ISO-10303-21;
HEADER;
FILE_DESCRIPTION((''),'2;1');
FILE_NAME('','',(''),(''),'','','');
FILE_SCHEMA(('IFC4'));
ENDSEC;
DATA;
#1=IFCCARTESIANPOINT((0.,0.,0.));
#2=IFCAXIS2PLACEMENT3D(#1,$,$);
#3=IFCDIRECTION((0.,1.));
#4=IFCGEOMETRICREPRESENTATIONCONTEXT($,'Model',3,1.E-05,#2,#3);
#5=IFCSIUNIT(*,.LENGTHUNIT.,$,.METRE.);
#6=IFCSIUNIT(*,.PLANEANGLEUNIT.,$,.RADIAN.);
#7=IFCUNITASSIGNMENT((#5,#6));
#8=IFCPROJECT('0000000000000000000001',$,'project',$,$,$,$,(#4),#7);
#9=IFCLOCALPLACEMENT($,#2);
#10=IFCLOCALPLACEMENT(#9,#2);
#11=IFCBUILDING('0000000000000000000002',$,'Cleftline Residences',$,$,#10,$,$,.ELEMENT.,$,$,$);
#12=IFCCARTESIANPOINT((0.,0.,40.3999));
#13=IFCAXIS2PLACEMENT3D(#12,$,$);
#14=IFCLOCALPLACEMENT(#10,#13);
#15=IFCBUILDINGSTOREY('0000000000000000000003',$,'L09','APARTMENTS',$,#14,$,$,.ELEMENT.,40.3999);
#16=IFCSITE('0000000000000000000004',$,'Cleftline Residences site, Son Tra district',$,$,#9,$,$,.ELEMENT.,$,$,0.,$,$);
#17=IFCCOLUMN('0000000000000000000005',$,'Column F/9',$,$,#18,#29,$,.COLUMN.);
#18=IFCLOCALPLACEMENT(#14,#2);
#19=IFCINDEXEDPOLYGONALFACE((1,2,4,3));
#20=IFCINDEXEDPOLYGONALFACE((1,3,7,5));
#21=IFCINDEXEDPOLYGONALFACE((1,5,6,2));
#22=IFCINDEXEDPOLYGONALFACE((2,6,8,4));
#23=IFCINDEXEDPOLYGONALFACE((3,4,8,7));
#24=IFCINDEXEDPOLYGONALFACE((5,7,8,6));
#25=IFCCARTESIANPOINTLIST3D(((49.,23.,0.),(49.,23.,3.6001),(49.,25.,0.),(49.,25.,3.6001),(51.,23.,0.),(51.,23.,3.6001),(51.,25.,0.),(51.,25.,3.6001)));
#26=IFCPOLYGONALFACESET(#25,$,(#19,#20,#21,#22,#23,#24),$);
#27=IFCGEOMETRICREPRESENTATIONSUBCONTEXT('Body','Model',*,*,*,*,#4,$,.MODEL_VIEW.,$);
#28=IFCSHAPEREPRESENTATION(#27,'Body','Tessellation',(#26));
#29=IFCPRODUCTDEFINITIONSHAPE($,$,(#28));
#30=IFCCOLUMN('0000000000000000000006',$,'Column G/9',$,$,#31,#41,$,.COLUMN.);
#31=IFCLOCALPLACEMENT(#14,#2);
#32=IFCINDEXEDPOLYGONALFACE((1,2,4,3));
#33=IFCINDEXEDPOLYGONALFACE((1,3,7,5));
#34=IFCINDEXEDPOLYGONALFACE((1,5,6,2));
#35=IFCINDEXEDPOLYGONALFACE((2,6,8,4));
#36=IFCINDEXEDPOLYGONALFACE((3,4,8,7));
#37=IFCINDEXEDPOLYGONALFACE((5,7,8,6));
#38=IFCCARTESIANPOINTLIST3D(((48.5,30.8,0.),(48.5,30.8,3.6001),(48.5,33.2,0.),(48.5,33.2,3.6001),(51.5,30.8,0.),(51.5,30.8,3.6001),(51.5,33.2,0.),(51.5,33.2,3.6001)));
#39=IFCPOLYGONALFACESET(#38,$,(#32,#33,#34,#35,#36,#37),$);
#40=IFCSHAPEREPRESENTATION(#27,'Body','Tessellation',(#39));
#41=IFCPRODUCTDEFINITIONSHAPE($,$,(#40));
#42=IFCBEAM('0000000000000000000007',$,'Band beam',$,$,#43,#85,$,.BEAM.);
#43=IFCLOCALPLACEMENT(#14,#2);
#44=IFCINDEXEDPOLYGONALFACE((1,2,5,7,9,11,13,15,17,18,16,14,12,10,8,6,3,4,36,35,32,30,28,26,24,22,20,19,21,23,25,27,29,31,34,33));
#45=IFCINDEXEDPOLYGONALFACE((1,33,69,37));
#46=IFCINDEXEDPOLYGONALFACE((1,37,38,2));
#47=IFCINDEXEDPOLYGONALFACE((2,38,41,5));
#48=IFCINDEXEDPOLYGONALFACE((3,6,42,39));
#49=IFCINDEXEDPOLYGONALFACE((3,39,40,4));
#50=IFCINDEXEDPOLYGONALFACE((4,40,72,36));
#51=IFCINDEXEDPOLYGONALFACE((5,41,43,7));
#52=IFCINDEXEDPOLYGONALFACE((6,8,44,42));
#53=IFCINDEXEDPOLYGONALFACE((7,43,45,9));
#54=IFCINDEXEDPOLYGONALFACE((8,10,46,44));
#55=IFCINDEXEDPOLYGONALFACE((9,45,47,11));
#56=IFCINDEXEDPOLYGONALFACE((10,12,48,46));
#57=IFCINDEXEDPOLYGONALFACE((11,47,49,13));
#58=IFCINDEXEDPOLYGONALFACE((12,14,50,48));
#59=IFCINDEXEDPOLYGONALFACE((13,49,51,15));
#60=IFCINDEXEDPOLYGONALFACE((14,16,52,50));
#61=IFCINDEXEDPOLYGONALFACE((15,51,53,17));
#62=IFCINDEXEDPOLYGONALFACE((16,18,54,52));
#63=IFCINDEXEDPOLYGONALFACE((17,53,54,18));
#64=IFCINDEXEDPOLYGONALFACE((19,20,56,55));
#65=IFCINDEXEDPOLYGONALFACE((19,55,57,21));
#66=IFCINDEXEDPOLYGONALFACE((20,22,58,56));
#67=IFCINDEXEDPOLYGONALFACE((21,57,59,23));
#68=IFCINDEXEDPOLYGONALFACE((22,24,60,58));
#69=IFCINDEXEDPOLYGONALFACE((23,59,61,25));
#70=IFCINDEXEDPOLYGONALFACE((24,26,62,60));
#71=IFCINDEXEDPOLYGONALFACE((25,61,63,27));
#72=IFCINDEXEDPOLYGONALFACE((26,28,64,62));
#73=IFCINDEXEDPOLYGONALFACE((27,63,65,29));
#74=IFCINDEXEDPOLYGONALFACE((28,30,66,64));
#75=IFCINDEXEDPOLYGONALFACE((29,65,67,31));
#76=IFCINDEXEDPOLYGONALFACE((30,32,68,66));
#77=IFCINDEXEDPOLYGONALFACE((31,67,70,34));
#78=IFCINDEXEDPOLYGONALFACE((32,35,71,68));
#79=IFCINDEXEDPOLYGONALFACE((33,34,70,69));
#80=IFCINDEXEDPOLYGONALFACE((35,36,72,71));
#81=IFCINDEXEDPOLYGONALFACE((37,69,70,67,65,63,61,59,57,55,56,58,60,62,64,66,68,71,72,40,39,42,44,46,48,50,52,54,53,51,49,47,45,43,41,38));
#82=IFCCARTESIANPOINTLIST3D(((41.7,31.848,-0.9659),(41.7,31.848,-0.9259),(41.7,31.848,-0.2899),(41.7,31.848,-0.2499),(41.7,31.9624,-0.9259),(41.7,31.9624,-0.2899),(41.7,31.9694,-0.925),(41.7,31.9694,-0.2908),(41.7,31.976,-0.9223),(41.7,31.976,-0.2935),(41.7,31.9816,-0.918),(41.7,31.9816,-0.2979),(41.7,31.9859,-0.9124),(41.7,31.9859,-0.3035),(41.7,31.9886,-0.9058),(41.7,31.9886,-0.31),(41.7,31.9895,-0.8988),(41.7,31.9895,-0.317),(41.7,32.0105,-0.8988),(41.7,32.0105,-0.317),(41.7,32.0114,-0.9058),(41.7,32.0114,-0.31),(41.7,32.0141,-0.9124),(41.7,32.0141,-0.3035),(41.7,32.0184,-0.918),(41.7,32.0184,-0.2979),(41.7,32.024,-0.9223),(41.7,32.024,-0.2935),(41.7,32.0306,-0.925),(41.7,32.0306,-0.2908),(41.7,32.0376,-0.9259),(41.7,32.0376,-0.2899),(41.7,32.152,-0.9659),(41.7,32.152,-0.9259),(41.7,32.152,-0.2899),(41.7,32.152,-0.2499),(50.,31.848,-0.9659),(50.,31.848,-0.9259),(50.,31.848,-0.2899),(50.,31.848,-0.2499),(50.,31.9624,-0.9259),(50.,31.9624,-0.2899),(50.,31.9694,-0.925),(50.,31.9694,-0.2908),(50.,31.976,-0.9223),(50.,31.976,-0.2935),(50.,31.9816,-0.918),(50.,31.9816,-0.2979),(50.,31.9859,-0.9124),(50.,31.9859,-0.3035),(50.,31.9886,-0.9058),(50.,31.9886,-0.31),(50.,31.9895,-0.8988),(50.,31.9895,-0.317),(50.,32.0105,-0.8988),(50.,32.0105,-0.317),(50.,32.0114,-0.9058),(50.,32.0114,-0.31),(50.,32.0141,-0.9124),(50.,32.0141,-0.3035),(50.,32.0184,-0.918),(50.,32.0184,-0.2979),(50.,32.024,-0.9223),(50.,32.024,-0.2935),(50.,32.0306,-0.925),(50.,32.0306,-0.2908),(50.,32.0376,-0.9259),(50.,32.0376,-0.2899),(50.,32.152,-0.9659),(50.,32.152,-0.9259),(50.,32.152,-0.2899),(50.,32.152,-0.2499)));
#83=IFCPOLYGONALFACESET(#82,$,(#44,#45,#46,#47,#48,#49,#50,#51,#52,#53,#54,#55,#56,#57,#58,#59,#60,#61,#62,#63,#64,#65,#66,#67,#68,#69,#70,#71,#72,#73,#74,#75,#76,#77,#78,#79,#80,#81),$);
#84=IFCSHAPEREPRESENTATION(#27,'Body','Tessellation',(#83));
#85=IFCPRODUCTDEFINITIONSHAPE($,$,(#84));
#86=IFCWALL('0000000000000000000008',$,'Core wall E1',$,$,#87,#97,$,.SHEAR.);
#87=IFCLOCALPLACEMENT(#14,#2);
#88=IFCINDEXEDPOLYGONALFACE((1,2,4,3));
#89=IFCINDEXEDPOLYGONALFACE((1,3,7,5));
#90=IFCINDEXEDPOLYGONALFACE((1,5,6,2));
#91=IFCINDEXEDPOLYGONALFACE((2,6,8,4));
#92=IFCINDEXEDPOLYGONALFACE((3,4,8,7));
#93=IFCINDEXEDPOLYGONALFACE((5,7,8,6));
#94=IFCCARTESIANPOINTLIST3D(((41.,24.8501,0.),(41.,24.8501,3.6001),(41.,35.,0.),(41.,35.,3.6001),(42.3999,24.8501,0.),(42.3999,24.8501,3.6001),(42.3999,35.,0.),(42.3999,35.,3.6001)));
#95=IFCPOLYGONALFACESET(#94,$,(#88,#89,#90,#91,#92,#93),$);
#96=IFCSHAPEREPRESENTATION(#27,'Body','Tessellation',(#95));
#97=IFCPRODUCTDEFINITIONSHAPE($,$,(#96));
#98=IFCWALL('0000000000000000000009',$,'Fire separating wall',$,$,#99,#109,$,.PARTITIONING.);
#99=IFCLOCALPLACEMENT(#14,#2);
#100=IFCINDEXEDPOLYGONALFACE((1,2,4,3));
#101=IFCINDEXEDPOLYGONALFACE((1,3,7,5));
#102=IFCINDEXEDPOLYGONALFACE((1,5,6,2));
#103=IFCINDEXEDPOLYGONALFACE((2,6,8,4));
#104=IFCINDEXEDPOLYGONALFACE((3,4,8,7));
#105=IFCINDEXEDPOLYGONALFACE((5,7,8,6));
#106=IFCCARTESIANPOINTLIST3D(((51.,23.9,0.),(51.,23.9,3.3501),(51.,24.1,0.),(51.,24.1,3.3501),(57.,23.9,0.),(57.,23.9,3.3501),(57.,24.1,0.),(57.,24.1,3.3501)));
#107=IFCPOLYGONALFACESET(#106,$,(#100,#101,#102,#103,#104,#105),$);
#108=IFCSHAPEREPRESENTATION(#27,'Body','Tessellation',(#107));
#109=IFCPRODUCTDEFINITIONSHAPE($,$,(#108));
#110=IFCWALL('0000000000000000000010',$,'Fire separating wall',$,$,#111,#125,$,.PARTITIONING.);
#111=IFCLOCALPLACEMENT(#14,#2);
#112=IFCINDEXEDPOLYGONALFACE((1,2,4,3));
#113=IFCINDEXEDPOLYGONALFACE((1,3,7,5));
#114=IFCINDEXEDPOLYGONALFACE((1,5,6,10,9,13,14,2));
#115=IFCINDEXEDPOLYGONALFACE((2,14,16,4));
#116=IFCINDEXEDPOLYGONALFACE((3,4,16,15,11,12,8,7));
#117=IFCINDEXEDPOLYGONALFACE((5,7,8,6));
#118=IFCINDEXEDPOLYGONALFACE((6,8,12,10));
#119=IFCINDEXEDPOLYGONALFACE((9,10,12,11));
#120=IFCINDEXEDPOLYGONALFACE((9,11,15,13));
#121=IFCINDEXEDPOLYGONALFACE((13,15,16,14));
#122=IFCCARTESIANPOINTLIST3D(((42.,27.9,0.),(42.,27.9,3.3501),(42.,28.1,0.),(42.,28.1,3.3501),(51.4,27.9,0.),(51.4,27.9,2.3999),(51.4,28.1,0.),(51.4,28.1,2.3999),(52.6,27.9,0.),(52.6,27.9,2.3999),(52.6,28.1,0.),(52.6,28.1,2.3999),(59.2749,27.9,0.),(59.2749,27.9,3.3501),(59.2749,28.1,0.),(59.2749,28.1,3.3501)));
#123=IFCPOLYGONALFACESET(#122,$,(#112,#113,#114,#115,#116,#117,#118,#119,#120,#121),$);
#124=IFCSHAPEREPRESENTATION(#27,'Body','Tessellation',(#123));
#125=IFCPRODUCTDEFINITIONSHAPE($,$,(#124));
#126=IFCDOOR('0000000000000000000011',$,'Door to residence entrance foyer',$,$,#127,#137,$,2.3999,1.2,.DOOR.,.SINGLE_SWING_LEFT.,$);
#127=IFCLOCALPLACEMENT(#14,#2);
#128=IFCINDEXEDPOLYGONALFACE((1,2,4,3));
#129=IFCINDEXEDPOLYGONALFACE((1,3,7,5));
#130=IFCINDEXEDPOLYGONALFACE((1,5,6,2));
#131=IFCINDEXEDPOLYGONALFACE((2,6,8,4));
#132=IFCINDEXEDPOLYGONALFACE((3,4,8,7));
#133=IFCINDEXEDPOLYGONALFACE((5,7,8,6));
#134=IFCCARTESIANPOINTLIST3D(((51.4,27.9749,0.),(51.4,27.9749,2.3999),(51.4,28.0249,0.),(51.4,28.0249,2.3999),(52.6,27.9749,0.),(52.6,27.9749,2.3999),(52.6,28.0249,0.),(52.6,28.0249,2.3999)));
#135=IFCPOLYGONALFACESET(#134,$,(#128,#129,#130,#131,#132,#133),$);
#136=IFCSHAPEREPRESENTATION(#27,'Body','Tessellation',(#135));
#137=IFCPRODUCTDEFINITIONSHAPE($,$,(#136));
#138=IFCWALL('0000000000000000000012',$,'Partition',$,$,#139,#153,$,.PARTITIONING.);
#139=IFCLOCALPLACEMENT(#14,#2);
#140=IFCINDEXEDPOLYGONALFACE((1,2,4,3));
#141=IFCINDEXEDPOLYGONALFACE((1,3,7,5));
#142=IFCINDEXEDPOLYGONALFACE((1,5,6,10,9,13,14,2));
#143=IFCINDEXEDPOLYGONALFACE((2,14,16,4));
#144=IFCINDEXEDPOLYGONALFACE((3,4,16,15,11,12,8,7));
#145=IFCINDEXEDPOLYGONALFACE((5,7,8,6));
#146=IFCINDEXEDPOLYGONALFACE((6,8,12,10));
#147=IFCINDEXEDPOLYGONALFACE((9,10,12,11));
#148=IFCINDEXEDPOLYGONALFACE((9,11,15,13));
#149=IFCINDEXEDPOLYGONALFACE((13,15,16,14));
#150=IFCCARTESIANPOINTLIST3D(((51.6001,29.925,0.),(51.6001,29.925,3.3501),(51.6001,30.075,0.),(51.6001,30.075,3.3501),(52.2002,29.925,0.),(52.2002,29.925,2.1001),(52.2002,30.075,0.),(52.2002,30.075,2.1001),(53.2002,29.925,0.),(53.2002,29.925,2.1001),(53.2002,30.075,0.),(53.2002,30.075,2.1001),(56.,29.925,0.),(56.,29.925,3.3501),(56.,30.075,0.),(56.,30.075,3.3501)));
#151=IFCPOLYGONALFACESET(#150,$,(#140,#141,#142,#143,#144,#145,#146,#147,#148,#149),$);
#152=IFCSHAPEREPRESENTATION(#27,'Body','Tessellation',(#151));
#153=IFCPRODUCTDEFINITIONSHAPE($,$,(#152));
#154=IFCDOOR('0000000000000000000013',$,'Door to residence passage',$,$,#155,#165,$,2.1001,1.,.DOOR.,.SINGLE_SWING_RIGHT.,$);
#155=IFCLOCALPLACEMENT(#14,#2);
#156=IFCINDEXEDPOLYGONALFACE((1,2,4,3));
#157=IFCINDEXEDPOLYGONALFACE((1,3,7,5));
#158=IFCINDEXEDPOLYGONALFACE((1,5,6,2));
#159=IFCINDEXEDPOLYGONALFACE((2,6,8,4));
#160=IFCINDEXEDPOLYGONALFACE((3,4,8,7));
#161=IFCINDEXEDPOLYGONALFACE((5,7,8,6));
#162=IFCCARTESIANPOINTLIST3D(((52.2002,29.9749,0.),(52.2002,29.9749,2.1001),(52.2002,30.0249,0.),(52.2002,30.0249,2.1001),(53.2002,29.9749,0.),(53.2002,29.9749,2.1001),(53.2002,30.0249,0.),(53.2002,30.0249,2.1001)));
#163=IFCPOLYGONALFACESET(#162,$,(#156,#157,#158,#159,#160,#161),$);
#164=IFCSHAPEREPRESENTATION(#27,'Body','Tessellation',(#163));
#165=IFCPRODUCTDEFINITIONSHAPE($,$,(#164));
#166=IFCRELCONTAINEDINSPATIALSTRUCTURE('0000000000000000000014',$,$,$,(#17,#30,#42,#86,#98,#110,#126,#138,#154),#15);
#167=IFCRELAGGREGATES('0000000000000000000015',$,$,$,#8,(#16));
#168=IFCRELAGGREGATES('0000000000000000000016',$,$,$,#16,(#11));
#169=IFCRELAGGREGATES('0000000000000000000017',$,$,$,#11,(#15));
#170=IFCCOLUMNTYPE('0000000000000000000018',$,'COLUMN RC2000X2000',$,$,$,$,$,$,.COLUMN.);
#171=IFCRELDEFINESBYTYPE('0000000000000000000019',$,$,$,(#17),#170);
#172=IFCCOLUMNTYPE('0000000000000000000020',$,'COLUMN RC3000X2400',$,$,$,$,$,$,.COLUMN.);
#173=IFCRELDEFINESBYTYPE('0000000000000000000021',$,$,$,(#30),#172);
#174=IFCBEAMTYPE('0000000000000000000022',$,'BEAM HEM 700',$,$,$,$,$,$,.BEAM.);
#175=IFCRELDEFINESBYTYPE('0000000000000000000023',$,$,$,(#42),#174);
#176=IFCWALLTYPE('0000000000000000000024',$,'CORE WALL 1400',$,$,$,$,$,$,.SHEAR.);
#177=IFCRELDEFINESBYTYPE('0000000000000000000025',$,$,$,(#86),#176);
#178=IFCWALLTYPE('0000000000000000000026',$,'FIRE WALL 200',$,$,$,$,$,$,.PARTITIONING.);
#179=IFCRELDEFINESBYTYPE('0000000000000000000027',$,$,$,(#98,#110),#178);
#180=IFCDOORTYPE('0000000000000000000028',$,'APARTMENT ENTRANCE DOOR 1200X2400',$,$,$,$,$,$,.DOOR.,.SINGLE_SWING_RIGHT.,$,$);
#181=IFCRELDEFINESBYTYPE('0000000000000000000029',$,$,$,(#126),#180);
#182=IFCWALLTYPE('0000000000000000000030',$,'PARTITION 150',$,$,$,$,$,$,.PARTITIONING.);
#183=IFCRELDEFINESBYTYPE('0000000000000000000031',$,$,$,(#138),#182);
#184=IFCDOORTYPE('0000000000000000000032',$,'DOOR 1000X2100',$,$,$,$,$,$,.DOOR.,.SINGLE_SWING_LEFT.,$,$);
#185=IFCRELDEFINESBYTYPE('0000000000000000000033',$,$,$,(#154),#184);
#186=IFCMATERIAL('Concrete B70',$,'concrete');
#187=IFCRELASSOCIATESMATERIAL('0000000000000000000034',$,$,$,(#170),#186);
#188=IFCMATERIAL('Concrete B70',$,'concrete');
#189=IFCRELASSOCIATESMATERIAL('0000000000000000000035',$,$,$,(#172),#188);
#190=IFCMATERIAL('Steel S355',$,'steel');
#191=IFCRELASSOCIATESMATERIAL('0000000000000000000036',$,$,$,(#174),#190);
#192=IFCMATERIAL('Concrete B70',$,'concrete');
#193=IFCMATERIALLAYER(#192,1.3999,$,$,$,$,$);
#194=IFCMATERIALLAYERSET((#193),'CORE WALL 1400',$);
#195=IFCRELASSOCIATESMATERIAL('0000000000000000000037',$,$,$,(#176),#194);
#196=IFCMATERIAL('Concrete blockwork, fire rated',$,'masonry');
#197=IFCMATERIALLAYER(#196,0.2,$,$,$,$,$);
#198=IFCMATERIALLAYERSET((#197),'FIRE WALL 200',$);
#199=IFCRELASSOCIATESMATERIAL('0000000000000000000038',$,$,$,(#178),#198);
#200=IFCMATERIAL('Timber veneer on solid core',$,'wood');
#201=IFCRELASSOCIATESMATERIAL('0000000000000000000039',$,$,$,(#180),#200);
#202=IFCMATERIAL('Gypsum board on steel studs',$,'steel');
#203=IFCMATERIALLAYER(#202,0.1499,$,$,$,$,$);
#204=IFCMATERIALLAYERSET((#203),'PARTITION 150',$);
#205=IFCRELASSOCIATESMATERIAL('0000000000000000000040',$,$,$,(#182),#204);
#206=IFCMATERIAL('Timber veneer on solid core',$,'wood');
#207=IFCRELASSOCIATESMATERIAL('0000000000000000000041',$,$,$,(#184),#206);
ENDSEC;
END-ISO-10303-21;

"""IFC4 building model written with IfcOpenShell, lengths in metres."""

from ifc_helpers import new_model, si_unit, direction, frame, frame_2d, origin, origin_2d, place, context, subcontext, project, spatial, rectangle, i_section, extrude, material, layer, layer_set, material_profile, profile_set, type_object, element, fill, save


model = new_model("IFC4")

# Units and contexts
model_context = context("Model", 3, precision=1e-05, world=origin(), true_north=direction((0.0, 1.0)))
body_context = subcontext(model_context, "Body", "Model", "MODEL_VIEW")
ifc_project = project(units=[si_unit("LENGTHUNIT", "METRE"), si_unit("PLANEANGLEUNIT", "RADIAN")], contexts=[model_context])

# Site, building, storey
site_placement = place(None, origin())
site = spatial("IfcSite", under=ifc_project, at=site_placement, Name="Cleftline Residences site, Son Tra district", CompositionType="ELEMENT", RefElevation=0.0)
building_placement = place(site_placement, origin())
building = spatial("IfcBuilding", under=site, at=building_placement, Name="Cleftline Residences", CompositionType="ELEMENT")
storey_placement = place(building_placement, frame((0.0, 0.0, 40.3999)))
storey = spatial("IfcBuildingStorey", under=building, at=storey_placement, Name="L09", Description="APARTMENTS", CompositionType="ELEMENT", Elevation=40.3999)

# Columns
ifc_material_1 = material(Name="Concrete B70", Category="concrete")
ifc_material_profile_1 = material_profile(ifc_material_1, rectangle(XDim=2.0, YDim=2.0, at=origin_2d()))
ifc_profile_set_1 = profile_set([ifc_material_profile_1], Name="Concrete B70")
column_type_1 = type_object("IfcColumnType", Name="COLUMN RC2000X2000", PredefinedType="COLUMN", material=ifc_profile_set_1)
column_1_placement = place(storey_placement, frame((50.0, 24.0, 0.0), z_axis=(0.0, 0.0, 1.0), x_axis=(1.0, 0.0, 0.0)))
element("IfcColumn", 1, at=column_1_placement, inside=storey, type_object=column_type_1, Name="Column F/9", PredefinedType="COLUMN", context=body_context, shape_type="SweptSolid", body=[
    extrude(rectangle(XDim=2.0, YDim=2.0, at=origin_2d()), origin(), (0.0, 0.0, 1.0), 3.6001),
])
ifc_material_2 = material(Name="Concrete B70", Category="concrete")
ifc_material_profile_2 = material_profile(ifc_material_2, rectangle(XDim=3.0, YDim=2.3999, at=origin_2d()))
ifc_profile_set_2 = profile_set([ifc_material_profile_2], Name="Concrete B70")
column_type_2 = type_object("IfcColumnType", Name="COLUMN RC3000X2400", PredefinedType="COLUMN", material=ifc_profile_set_2)
column_2_placement = place(storey_placement, frame((50.0, 32.0, 0.0), z_axis=(0.0, 0.0, 1.0), x_axis=(1.0, 0.0, 0.0)))
element("IfcColumn", 2, at=column_2_placement, inside=storey, type_object=column_type_2, Name="Column G/9", PredefinedType="COLUMN", context=body_context, shape_type="SweptSolid", body=[
    extrude(rectangle(XDim=3.0, YDim=2.3999, at=origin_2d()), origin(), (0.0, 0.0, 1.0), 3.6001),
])

# Beam
ifc_material_3 = material(Name="Steel S355", Category="steel")
ifc_material_profile_3 = material_profile(ifc_material_3, i_section(OverallWidth=0.304, OverallDepth=0.7161, WebThickness=0.021, FlangeThickness=0.04, FilletRadius=0.0271, at=origin_2d()))
ifc_profile_set_3 = profile_set([ifc_material_profile_3], Name="Steel S355")
beam_type = type_object("IfcBeamType", Name="BEAM HEM 700", PredefinedType="BEAM", material=ifc_profile_set_3)
beam_placement = place(storey_placement, frame((50.0, 32.0, -0.6079), z_axis=(-1.0, 0.0, 0.0), x_axis=(0.0, -1.0, 0.0)))
element("IfcBeam", 3, at=beam_placement, inside=storey, type_object=beam_type, Name="Band beam", PredefinedType="BEAM", context=body_context, shape_type="SweptSolid", body=[
    extrude(i_section(OverallWidth=0.304, OverallDepth=0.7161, WebThickness=0.021, FlangeThickness=0.04, FilletRadius=0.0271, at=origin_2d()), origin(), (0.0, 0.0, 1.0), 8.3),
])

# Walls
ifc_material_4 = material(Name="Concrete B70", Category="concrete")
ifc_layer_1 = layer(ifc_material_4, 1.3999)
ifc_layer_set_1 = layer_set([ifc_layer_1], Name="CORE WALL 1400")
wall_type_1 = type_object("IfcWallType", Name="CORE WALL 1400", PredefinedType="SHEAR", material=ifc_layer_set_1)
wall_1_placement = place(storey_placement, frame((41.7, 24.8501, 0.0), z_axis=(0.0, 0.0, 1.0), x_axis=(0.0, 1.0, 0.0)))
element("IfcWall", 4, at=wall_1_placement, inside=storey, type_object=wall_type_1, Name="Core wall E1", PredefinedType="SHEAR", context=body_context, shape_type="SweptSolid", body=[
    extrude(rectangle(XDim=10.1499, YDim=1.3999, at=frame_2d((5.075, 0.0))), origin(), (0.0, 0.0, 1.0), 3.6001),
])
ifc_material_5 = material(Name="Concrete blockwork, fire rated", Category="masonry")
ifc_layer_2 = layer(ifc_material_5, 0.2)
ifc_layer_set_2 = layer_set([ifc_layer_2], Name="FIRE WALL 200")
wall_type_2 = type_object("IfcWallType", Name="FIRE WALL 200", PredefinedType="PARTITIONING", material=ifc_layer_set_2)
wall_2_placement = place(storey_placement, frame((51.0, 24.0, 0.0), z_axis=(0.0, 0.0, 1.0), x_axis=(1.0, 0.0, 0.0)))
element("IfcWall", 5, at=wall_2_placement, inside=storey, type_object=wall_type_2, Name="Fire separating wall", PredefinedType="PARTITIONING", context=body_context, shape_type="SweptSolid", body=[
    extrude(rectangle(XDim=6.0, YDim=0.2, at=frame_2d((3.0, 0.0))), origin(), (0.0, 0.0, 1.0), 3.3501),
])

# Walls, openings, doors
wall_3_placement = place(storey_placement, frame((42.0, 28.0, 0.0), z_axis=(0.0, 0.0, 1.0), x_axis=(1.0, 0.0, 0.0)))
wall_3 = element("IfcWall", 6, at=wall_3_placement, inside=storey, type_object=wall_type_2, Name="Fire separating wall", PredefinedType="PARTITIONING", context=body_context, shape_type="SweptSolid", body=[
    extrude(rectangle(XDim=17.2749, YDim=0.2, at=frame_2d((8.6375, 0.0))), origin(), (0.0, 0.0, 1.0), 3.3501),
])
opening_1_placement = place(wall_3_placement, frame((9.3999, 0.0, 0.0)))
opening_1 = element("IfcOpeningElement", 7, at=opening_1_placement, cuts=wall_3, PredefinedType="OPENING", context=body_context, shape_type="SweptSolid", body=[
    extrude(rectangle(XDim=1.2, YDim=2.3999, at=frame_2d((0.6001, 1.2))), frame((0.0, 0.1099, 0.0), z_axis=(0.0, -1.0, 0.0), x_axis=(1.0, 0.0, 0.0)), (0.0, 0.0, 1.0), 0.22),
])
ifc_material_6 = material(Name="Timber veneer on solid core", Category="wood")
door_type_1 = type_object("IfcDoorType", Name="APARTMENT ENTRANCE DOOR 1200X2400", OperationType="SINGLE_SWING_RIGHT", PredefinedType="DOOR", material=ifc_material_6)
door_1_placement = place(opening_1_placement, origin())
door_1 = element("IfcDoor", 8, at=door_1_placement, inside=storey, type_object=door_type_1, Name="Door to residence entrance foyer", OperationType="SINGLE_SWING_LEFT", OverallHeight=2.3999, OverallWidth=1.2, PredefinedType="DOOR", context=body_context, shape_type="SweptSolid", body=[
    extrude(rectangle(XDim=1.2, YDim=2.3999, at=frame_2d((0.6001, 1.2))), frame((0.0, 0.0249, 0.0), z_axis=(0.0, -1.0, 0.0), x_axis=(1.0, 0.0, 0.0)), (0.0, 0.0, 1.0), 0.05),
])
fill(opening_1, door_1)
ifc_material_7 = material(Name="Gypsum board on steel studs", Category="steel")
ifc_layer_3 = layer(ifc_material_7, 0.1499)
ifc_layer_set_3 = layer_set([ifc_layer_3], Name="PARTITION 150")
wall_type_3 = type_object("IfcWallType", Name="PARTITION 150", PredefinedType="PARTITIONING", material=ifc_layer_set_3)
wall_4_placement = place(storey_placement, frame((51.6001, 30.0, 0.0), z_axis=(0.0, 0.0, 1.0), x_axis=(1.0, 0.0, 0.0)))
wall_4 = element("IfcWall", 9, at=wall_4_placement, inside=storey, type_object=wall_type_3, Name="Partition", PredefinedType="PARTITIONING", context=body_context, shape_type="SweptSolid", body=[
    extrude(rectangle(XDim=4.3999, YDim=0.1499, at=frame_2d((2.2, 0.0))), origin(), (0.0, 0.0, 1.0), 3.3501),
])
opening_2_placement = place(wall_4_placement, frame((0.6001, 0.0, 0.0)))
opening_2 = element("IfcOpeningElement", 10, at=opening_2_placement, cuts=wall_4, PredefinedType="OPENING", context=body_context, shape_type="SweptSolid", body=[
    extrude(rectangle(XDim=1.0, YDim=2.1001, at=frame_2d((0.5, 1.05))), frame((0.0, 0.085, 0.0), z_axis=(0.0, -1.0, 0.0), x_axis=(1.0, 0.0, 0.0)), (0.0, 0.0, 1.0), 0.1699),
])
ifc_material_8 = material(Name="Timber veneer on solid core", Category="wood")
door_type_2 = type_object("IfcDoorType", Name="DOOR 1000X2100", OperationType="SINGLE_SWING_LEFT", PredefinedType="DOOR", material=ifc_material_8)
door_2_placement = place(opening_2_placement, origin())
door_2 = element("IfcDoor", 11, at=door_2_placement, inside=storey, type_object=door_type_2, Name="Door to residence passage", OperationType="SINGLE_SWING_RIGHT", OverallHeight=2.1001, OverallWidth=1.0, PredefinedType="DOOR", context=body_context, shape_type="SweptSolid", body=[
    extrude(rectangle(XDim=1.0, YDim=2.1001, at=frame_2d((0.5, 1.05))), frame((0.0, 0.0249, 0.0), z_axis=(0.0, -1.0, 0.0), x_axis=(1.0, 0.0, 0.0)), (0.0, 0.0, 1.0), 0.05),
])
fill(opening_2, door_2)

save(model, "model.ifc")
